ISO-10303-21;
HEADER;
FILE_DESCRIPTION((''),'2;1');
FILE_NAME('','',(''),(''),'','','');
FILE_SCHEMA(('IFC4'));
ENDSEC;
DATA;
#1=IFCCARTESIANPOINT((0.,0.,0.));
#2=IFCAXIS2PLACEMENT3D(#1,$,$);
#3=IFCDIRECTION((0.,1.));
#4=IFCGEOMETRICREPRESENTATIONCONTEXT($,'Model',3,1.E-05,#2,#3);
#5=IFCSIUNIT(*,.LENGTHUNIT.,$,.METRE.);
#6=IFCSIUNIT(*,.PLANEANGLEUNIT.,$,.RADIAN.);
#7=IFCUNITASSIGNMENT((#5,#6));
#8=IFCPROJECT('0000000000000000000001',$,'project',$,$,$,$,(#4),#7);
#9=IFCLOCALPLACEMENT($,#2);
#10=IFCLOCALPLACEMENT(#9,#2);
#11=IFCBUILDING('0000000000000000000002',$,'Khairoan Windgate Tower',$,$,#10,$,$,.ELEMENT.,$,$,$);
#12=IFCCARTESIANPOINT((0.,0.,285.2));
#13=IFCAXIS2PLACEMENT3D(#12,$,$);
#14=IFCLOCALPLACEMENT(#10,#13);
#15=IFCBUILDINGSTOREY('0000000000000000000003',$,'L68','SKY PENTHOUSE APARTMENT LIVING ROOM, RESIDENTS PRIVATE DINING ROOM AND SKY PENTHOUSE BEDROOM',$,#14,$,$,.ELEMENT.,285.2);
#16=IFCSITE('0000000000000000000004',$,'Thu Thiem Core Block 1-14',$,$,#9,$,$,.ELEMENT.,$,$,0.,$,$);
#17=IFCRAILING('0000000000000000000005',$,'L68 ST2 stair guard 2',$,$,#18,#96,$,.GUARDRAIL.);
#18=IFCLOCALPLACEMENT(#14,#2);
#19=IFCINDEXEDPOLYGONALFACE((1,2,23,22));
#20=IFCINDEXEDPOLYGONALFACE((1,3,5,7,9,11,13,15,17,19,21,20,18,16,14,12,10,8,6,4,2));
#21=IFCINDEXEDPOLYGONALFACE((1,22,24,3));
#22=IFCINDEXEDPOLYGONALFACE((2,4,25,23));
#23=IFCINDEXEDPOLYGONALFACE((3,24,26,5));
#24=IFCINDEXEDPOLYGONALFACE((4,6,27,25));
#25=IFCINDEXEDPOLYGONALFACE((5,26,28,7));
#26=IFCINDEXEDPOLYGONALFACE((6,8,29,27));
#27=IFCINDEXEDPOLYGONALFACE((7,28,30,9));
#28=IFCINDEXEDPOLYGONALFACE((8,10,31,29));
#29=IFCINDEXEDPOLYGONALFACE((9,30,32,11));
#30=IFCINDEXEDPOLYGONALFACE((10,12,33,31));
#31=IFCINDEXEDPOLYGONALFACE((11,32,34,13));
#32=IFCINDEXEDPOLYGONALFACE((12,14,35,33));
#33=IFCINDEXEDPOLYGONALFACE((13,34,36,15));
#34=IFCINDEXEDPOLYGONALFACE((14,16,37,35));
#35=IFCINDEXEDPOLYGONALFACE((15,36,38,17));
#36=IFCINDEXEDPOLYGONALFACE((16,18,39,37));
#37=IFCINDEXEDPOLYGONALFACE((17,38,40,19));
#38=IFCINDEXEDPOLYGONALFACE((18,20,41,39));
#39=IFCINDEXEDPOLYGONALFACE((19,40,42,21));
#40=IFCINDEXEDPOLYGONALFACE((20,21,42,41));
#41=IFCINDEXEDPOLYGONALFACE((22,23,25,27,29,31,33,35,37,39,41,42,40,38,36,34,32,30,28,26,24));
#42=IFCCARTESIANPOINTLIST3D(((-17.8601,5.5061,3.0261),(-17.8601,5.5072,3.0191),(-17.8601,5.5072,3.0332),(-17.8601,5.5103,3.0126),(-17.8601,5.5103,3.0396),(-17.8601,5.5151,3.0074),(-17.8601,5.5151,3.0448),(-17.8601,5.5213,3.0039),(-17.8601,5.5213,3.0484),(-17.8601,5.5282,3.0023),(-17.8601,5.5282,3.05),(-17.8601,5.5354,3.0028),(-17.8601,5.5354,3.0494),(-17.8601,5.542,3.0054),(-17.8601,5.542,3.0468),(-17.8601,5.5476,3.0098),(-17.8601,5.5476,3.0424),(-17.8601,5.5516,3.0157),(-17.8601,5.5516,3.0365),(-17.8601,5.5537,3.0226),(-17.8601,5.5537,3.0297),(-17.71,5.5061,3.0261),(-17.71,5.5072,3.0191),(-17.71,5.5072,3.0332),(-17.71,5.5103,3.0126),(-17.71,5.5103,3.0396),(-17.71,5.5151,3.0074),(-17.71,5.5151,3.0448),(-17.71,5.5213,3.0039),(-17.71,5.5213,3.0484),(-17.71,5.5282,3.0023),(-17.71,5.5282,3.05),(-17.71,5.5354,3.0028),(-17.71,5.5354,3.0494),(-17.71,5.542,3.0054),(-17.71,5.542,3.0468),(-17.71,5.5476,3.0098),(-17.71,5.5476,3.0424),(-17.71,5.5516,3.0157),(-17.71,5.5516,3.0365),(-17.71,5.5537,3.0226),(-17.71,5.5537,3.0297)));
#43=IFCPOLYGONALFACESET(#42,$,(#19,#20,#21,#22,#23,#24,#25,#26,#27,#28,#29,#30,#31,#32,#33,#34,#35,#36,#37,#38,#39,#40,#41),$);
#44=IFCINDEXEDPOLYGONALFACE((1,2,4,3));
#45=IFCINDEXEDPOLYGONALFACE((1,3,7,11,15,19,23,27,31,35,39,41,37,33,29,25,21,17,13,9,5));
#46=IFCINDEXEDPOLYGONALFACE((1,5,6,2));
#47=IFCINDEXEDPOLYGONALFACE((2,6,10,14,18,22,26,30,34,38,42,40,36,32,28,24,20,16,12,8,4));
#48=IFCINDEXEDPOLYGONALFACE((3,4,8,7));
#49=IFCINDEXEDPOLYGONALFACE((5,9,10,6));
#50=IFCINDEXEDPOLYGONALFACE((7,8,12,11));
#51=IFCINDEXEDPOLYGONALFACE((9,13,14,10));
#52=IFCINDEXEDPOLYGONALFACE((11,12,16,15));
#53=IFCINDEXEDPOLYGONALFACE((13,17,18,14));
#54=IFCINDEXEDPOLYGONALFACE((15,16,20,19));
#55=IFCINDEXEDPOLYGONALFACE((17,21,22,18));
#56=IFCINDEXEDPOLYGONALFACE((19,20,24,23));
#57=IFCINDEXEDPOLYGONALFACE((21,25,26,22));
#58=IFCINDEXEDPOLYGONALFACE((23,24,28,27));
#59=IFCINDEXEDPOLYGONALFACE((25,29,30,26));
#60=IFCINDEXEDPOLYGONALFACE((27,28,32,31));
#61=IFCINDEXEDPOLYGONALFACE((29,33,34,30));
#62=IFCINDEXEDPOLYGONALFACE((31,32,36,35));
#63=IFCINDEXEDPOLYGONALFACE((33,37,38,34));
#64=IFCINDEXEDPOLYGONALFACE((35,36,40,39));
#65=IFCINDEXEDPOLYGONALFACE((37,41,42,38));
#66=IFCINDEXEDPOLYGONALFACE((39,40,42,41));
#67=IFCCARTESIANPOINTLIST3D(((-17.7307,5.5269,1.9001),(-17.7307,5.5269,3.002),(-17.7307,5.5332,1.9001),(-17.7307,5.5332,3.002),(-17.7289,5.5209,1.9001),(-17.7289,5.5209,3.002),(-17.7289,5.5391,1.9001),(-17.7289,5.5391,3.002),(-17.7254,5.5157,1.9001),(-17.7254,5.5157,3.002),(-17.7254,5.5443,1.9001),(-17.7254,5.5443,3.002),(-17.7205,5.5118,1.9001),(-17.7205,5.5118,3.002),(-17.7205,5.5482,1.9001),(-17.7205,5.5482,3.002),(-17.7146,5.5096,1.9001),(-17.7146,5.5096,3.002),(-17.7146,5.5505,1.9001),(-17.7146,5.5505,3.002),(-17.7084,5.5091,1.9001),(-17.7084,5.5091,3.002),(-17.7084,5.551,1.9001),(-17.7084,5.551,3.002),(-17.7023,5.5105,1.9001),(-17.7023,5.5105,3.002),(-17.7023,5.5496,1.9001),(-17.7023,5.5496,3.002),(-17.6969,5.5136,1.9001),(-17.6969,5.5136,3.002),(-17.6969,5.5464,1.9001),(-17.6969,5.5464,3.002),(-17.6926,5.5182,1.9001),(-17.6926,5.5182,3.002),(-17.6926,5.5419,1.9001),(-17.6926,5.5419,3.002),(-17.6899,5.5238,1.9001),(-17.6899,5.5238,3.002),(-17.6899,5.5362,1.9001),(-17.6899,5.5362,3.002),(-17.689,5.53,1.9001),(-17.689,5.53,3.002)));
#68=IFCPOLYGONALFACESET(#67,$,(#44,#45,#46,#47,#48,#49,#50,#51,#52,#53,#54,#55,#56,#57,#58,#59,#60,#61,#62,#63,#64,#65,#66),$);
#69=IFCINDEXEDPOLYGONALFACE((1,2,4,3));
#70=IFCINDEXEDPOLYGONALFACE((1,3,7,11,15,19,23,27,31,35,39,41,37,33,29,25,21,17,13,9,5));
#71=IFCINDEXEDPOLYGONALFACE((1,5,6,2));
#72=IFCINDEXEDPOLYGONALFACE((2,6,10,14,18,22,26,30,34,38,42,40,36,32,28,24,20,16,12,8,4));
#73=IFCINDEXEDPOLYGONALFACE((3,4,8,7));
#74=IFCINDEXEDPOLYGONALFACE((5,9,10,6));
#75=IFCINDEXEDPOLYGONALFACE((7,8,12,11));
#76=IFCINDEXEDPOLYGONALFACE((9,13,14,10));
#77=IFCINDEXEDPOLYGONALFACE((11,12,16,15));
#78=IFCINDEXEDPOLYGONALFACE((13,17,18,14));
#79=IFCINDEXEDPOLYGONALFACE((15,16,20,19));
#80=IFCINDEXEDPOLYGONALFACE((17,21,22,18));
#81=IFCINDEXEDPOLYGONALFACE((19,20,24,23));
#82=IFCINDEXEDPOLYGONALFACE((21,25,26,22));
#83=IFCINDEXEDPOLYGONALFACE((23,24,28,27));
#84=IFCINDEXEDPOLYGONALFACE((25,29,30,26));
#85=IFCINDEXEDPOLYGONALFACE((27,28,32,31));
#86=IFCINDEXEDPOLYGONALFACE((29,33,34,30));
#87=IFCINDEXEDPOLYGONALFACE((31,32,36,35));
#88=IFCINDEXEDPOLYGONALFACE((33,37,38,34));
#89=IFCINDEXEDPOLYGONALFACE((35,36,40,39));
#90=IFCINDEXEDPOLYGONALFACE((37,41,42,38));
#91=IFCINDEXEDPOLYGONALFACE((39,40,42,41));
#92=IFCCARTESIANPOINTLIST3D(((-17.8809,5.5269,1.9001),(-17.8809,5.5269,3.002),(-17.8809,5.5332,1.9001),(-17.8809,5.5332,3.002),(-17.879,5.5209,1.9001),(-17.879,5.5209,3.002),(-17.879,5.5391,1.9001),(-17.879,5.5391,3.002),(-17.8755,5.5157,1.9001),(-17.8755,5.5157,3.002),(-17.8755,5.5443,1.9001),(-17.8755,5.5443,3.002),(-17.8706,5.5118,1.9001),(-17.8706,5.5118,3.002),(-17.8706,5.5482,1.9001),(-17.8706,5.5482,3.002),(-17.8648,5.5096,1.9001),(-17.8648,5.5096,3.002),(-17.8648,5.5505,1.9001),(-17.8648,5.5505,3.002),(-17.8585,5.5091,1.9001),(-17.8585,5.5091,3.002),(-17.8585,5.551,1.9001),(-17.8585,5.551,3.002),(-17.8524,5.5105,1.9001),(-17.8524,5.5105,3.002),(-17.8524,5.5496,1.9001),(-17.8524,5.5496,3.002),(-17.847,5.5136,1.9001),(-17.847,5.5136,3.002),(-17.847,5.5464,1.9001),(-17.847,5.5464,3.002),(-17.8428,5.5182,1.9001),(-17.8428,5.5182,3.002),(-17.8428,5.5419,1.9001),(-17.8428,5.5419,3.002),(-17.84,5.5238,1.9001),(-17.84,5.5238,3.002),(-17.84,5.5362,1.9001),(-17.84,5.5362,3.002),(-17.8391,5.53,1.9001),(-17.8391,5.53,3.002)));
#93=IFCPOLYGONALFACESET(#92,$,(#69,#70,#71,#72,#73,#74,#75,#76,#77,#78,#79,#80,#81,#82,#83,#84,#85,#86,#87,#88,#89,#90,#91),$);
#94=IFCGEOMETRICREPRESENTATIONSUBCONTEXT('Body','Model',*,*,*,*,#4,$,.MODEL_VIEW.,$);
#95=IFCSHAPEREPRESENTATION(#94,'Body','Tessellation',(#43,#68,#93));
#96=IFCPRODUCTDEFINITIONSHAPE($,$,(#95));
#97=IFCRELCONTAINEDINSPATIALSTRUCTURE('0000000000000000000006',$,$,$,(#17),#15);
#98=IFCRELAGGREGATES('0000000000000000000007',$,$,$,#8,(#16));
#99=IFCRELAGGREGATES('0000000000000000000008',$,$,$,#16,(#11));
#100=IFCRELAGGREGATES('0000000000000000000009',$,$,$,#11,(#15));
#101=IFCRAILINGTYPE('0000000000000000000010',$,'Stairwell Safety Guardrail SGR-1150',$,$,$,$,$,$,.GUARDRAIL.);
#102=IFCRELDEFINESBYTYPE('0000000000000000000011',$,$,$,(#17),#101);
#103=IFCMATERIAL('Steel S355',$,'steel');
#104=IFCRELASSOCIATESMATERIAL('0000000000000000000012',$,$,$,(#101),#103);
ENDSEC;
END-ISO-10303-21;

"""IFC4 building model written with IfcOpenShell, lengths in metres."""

from ifc_helpers import new_model, si_unit, direction, frame, origin, origin_2d, place, context, subcontext, project, spatial, circle, extrude, material, type_object, element, save


model = new_model("IFC4")

# Units and contexts
model_context = context("Model", 3, precision=1e-05, world=origin(), true_north=direction((0.0, 1.0)))
body_context = subcontext(model_context, "Body", "Model", "MODEL_VIEW")
ifc_project = project(units=[si_unit("LENGTHUNIT", "METRE"), si_unit("PLANEANGLEUNIT", "RADIAN")], contexts=[model_context])

# Site, building, storey
site_placement = place(None, origin())
site = spatial("IfcSite", under=ifc_project, at=site_placement, Name="Thu Thiem Core Block 1-14", CompositionType="ELEMENT", RefElevation=0.0)
building_placement = place(site_placement, origin())
building = spatial("IfcBuilding", under=site, at=building_placement, Name="Khairoan Windgate Tower", CompositionType="ELEMENT")
storey_placement = place(building_placement, frame((0.0, 0.0, 285.2)))
storey = spatial("IfcBuildingStorey", under=building, at=storey_placement, Name="L68", Description="SKY PENTHOUSE APARTMENT LIVING ROOM, RESIDENTS PRIVATE DINING ROOM AND SKY PENTHOUSE BEDROOM", CompositionType="ELEMENT", Elevation=285.2)

# Railing
ifc_material_1 = material(Name="Steel S355", Category="steel")
railing_type_1 = type_object("IfcRailingType", Name="Stairwell Safety Guardrail SGR-1150", PredefinedType="GUARDRAIL", material=ifc_material_1)
railing_1_placement = place(storey_placement, frame((-17.71, 5.53, 1.9001)))
element("IfcRailing", 1, at=railing_1_placement, inside=storey, type_object=railing_type_1, Name="L68 ST2 stair guard 2", PredefinedType="GUARDRAIL", context=body_context, shape_type="SweptSolid", body=[
    extrude(circle(Radius=0.0239, at=origin_2d()), frame((0.0, 0.0, 1.126), z_axis=(-1.0, 0.0, 0.0), x_axis=(0.0, -1.0, 0.0)), (0.0, 0.0, 1.0), 0.1501),
    extrude(circle(Radius=0.021, at=origin_2d()), origin(), (0.0, 0.0, 1.0), 1.1018),
    extrude(circle(Radius=0.021, at=origin_2d()), frame((-0.1501, 0.0, 0.0)), (0.0, 0.0, 1.0), 1.1018),
])

save(model, "model.ifc")
